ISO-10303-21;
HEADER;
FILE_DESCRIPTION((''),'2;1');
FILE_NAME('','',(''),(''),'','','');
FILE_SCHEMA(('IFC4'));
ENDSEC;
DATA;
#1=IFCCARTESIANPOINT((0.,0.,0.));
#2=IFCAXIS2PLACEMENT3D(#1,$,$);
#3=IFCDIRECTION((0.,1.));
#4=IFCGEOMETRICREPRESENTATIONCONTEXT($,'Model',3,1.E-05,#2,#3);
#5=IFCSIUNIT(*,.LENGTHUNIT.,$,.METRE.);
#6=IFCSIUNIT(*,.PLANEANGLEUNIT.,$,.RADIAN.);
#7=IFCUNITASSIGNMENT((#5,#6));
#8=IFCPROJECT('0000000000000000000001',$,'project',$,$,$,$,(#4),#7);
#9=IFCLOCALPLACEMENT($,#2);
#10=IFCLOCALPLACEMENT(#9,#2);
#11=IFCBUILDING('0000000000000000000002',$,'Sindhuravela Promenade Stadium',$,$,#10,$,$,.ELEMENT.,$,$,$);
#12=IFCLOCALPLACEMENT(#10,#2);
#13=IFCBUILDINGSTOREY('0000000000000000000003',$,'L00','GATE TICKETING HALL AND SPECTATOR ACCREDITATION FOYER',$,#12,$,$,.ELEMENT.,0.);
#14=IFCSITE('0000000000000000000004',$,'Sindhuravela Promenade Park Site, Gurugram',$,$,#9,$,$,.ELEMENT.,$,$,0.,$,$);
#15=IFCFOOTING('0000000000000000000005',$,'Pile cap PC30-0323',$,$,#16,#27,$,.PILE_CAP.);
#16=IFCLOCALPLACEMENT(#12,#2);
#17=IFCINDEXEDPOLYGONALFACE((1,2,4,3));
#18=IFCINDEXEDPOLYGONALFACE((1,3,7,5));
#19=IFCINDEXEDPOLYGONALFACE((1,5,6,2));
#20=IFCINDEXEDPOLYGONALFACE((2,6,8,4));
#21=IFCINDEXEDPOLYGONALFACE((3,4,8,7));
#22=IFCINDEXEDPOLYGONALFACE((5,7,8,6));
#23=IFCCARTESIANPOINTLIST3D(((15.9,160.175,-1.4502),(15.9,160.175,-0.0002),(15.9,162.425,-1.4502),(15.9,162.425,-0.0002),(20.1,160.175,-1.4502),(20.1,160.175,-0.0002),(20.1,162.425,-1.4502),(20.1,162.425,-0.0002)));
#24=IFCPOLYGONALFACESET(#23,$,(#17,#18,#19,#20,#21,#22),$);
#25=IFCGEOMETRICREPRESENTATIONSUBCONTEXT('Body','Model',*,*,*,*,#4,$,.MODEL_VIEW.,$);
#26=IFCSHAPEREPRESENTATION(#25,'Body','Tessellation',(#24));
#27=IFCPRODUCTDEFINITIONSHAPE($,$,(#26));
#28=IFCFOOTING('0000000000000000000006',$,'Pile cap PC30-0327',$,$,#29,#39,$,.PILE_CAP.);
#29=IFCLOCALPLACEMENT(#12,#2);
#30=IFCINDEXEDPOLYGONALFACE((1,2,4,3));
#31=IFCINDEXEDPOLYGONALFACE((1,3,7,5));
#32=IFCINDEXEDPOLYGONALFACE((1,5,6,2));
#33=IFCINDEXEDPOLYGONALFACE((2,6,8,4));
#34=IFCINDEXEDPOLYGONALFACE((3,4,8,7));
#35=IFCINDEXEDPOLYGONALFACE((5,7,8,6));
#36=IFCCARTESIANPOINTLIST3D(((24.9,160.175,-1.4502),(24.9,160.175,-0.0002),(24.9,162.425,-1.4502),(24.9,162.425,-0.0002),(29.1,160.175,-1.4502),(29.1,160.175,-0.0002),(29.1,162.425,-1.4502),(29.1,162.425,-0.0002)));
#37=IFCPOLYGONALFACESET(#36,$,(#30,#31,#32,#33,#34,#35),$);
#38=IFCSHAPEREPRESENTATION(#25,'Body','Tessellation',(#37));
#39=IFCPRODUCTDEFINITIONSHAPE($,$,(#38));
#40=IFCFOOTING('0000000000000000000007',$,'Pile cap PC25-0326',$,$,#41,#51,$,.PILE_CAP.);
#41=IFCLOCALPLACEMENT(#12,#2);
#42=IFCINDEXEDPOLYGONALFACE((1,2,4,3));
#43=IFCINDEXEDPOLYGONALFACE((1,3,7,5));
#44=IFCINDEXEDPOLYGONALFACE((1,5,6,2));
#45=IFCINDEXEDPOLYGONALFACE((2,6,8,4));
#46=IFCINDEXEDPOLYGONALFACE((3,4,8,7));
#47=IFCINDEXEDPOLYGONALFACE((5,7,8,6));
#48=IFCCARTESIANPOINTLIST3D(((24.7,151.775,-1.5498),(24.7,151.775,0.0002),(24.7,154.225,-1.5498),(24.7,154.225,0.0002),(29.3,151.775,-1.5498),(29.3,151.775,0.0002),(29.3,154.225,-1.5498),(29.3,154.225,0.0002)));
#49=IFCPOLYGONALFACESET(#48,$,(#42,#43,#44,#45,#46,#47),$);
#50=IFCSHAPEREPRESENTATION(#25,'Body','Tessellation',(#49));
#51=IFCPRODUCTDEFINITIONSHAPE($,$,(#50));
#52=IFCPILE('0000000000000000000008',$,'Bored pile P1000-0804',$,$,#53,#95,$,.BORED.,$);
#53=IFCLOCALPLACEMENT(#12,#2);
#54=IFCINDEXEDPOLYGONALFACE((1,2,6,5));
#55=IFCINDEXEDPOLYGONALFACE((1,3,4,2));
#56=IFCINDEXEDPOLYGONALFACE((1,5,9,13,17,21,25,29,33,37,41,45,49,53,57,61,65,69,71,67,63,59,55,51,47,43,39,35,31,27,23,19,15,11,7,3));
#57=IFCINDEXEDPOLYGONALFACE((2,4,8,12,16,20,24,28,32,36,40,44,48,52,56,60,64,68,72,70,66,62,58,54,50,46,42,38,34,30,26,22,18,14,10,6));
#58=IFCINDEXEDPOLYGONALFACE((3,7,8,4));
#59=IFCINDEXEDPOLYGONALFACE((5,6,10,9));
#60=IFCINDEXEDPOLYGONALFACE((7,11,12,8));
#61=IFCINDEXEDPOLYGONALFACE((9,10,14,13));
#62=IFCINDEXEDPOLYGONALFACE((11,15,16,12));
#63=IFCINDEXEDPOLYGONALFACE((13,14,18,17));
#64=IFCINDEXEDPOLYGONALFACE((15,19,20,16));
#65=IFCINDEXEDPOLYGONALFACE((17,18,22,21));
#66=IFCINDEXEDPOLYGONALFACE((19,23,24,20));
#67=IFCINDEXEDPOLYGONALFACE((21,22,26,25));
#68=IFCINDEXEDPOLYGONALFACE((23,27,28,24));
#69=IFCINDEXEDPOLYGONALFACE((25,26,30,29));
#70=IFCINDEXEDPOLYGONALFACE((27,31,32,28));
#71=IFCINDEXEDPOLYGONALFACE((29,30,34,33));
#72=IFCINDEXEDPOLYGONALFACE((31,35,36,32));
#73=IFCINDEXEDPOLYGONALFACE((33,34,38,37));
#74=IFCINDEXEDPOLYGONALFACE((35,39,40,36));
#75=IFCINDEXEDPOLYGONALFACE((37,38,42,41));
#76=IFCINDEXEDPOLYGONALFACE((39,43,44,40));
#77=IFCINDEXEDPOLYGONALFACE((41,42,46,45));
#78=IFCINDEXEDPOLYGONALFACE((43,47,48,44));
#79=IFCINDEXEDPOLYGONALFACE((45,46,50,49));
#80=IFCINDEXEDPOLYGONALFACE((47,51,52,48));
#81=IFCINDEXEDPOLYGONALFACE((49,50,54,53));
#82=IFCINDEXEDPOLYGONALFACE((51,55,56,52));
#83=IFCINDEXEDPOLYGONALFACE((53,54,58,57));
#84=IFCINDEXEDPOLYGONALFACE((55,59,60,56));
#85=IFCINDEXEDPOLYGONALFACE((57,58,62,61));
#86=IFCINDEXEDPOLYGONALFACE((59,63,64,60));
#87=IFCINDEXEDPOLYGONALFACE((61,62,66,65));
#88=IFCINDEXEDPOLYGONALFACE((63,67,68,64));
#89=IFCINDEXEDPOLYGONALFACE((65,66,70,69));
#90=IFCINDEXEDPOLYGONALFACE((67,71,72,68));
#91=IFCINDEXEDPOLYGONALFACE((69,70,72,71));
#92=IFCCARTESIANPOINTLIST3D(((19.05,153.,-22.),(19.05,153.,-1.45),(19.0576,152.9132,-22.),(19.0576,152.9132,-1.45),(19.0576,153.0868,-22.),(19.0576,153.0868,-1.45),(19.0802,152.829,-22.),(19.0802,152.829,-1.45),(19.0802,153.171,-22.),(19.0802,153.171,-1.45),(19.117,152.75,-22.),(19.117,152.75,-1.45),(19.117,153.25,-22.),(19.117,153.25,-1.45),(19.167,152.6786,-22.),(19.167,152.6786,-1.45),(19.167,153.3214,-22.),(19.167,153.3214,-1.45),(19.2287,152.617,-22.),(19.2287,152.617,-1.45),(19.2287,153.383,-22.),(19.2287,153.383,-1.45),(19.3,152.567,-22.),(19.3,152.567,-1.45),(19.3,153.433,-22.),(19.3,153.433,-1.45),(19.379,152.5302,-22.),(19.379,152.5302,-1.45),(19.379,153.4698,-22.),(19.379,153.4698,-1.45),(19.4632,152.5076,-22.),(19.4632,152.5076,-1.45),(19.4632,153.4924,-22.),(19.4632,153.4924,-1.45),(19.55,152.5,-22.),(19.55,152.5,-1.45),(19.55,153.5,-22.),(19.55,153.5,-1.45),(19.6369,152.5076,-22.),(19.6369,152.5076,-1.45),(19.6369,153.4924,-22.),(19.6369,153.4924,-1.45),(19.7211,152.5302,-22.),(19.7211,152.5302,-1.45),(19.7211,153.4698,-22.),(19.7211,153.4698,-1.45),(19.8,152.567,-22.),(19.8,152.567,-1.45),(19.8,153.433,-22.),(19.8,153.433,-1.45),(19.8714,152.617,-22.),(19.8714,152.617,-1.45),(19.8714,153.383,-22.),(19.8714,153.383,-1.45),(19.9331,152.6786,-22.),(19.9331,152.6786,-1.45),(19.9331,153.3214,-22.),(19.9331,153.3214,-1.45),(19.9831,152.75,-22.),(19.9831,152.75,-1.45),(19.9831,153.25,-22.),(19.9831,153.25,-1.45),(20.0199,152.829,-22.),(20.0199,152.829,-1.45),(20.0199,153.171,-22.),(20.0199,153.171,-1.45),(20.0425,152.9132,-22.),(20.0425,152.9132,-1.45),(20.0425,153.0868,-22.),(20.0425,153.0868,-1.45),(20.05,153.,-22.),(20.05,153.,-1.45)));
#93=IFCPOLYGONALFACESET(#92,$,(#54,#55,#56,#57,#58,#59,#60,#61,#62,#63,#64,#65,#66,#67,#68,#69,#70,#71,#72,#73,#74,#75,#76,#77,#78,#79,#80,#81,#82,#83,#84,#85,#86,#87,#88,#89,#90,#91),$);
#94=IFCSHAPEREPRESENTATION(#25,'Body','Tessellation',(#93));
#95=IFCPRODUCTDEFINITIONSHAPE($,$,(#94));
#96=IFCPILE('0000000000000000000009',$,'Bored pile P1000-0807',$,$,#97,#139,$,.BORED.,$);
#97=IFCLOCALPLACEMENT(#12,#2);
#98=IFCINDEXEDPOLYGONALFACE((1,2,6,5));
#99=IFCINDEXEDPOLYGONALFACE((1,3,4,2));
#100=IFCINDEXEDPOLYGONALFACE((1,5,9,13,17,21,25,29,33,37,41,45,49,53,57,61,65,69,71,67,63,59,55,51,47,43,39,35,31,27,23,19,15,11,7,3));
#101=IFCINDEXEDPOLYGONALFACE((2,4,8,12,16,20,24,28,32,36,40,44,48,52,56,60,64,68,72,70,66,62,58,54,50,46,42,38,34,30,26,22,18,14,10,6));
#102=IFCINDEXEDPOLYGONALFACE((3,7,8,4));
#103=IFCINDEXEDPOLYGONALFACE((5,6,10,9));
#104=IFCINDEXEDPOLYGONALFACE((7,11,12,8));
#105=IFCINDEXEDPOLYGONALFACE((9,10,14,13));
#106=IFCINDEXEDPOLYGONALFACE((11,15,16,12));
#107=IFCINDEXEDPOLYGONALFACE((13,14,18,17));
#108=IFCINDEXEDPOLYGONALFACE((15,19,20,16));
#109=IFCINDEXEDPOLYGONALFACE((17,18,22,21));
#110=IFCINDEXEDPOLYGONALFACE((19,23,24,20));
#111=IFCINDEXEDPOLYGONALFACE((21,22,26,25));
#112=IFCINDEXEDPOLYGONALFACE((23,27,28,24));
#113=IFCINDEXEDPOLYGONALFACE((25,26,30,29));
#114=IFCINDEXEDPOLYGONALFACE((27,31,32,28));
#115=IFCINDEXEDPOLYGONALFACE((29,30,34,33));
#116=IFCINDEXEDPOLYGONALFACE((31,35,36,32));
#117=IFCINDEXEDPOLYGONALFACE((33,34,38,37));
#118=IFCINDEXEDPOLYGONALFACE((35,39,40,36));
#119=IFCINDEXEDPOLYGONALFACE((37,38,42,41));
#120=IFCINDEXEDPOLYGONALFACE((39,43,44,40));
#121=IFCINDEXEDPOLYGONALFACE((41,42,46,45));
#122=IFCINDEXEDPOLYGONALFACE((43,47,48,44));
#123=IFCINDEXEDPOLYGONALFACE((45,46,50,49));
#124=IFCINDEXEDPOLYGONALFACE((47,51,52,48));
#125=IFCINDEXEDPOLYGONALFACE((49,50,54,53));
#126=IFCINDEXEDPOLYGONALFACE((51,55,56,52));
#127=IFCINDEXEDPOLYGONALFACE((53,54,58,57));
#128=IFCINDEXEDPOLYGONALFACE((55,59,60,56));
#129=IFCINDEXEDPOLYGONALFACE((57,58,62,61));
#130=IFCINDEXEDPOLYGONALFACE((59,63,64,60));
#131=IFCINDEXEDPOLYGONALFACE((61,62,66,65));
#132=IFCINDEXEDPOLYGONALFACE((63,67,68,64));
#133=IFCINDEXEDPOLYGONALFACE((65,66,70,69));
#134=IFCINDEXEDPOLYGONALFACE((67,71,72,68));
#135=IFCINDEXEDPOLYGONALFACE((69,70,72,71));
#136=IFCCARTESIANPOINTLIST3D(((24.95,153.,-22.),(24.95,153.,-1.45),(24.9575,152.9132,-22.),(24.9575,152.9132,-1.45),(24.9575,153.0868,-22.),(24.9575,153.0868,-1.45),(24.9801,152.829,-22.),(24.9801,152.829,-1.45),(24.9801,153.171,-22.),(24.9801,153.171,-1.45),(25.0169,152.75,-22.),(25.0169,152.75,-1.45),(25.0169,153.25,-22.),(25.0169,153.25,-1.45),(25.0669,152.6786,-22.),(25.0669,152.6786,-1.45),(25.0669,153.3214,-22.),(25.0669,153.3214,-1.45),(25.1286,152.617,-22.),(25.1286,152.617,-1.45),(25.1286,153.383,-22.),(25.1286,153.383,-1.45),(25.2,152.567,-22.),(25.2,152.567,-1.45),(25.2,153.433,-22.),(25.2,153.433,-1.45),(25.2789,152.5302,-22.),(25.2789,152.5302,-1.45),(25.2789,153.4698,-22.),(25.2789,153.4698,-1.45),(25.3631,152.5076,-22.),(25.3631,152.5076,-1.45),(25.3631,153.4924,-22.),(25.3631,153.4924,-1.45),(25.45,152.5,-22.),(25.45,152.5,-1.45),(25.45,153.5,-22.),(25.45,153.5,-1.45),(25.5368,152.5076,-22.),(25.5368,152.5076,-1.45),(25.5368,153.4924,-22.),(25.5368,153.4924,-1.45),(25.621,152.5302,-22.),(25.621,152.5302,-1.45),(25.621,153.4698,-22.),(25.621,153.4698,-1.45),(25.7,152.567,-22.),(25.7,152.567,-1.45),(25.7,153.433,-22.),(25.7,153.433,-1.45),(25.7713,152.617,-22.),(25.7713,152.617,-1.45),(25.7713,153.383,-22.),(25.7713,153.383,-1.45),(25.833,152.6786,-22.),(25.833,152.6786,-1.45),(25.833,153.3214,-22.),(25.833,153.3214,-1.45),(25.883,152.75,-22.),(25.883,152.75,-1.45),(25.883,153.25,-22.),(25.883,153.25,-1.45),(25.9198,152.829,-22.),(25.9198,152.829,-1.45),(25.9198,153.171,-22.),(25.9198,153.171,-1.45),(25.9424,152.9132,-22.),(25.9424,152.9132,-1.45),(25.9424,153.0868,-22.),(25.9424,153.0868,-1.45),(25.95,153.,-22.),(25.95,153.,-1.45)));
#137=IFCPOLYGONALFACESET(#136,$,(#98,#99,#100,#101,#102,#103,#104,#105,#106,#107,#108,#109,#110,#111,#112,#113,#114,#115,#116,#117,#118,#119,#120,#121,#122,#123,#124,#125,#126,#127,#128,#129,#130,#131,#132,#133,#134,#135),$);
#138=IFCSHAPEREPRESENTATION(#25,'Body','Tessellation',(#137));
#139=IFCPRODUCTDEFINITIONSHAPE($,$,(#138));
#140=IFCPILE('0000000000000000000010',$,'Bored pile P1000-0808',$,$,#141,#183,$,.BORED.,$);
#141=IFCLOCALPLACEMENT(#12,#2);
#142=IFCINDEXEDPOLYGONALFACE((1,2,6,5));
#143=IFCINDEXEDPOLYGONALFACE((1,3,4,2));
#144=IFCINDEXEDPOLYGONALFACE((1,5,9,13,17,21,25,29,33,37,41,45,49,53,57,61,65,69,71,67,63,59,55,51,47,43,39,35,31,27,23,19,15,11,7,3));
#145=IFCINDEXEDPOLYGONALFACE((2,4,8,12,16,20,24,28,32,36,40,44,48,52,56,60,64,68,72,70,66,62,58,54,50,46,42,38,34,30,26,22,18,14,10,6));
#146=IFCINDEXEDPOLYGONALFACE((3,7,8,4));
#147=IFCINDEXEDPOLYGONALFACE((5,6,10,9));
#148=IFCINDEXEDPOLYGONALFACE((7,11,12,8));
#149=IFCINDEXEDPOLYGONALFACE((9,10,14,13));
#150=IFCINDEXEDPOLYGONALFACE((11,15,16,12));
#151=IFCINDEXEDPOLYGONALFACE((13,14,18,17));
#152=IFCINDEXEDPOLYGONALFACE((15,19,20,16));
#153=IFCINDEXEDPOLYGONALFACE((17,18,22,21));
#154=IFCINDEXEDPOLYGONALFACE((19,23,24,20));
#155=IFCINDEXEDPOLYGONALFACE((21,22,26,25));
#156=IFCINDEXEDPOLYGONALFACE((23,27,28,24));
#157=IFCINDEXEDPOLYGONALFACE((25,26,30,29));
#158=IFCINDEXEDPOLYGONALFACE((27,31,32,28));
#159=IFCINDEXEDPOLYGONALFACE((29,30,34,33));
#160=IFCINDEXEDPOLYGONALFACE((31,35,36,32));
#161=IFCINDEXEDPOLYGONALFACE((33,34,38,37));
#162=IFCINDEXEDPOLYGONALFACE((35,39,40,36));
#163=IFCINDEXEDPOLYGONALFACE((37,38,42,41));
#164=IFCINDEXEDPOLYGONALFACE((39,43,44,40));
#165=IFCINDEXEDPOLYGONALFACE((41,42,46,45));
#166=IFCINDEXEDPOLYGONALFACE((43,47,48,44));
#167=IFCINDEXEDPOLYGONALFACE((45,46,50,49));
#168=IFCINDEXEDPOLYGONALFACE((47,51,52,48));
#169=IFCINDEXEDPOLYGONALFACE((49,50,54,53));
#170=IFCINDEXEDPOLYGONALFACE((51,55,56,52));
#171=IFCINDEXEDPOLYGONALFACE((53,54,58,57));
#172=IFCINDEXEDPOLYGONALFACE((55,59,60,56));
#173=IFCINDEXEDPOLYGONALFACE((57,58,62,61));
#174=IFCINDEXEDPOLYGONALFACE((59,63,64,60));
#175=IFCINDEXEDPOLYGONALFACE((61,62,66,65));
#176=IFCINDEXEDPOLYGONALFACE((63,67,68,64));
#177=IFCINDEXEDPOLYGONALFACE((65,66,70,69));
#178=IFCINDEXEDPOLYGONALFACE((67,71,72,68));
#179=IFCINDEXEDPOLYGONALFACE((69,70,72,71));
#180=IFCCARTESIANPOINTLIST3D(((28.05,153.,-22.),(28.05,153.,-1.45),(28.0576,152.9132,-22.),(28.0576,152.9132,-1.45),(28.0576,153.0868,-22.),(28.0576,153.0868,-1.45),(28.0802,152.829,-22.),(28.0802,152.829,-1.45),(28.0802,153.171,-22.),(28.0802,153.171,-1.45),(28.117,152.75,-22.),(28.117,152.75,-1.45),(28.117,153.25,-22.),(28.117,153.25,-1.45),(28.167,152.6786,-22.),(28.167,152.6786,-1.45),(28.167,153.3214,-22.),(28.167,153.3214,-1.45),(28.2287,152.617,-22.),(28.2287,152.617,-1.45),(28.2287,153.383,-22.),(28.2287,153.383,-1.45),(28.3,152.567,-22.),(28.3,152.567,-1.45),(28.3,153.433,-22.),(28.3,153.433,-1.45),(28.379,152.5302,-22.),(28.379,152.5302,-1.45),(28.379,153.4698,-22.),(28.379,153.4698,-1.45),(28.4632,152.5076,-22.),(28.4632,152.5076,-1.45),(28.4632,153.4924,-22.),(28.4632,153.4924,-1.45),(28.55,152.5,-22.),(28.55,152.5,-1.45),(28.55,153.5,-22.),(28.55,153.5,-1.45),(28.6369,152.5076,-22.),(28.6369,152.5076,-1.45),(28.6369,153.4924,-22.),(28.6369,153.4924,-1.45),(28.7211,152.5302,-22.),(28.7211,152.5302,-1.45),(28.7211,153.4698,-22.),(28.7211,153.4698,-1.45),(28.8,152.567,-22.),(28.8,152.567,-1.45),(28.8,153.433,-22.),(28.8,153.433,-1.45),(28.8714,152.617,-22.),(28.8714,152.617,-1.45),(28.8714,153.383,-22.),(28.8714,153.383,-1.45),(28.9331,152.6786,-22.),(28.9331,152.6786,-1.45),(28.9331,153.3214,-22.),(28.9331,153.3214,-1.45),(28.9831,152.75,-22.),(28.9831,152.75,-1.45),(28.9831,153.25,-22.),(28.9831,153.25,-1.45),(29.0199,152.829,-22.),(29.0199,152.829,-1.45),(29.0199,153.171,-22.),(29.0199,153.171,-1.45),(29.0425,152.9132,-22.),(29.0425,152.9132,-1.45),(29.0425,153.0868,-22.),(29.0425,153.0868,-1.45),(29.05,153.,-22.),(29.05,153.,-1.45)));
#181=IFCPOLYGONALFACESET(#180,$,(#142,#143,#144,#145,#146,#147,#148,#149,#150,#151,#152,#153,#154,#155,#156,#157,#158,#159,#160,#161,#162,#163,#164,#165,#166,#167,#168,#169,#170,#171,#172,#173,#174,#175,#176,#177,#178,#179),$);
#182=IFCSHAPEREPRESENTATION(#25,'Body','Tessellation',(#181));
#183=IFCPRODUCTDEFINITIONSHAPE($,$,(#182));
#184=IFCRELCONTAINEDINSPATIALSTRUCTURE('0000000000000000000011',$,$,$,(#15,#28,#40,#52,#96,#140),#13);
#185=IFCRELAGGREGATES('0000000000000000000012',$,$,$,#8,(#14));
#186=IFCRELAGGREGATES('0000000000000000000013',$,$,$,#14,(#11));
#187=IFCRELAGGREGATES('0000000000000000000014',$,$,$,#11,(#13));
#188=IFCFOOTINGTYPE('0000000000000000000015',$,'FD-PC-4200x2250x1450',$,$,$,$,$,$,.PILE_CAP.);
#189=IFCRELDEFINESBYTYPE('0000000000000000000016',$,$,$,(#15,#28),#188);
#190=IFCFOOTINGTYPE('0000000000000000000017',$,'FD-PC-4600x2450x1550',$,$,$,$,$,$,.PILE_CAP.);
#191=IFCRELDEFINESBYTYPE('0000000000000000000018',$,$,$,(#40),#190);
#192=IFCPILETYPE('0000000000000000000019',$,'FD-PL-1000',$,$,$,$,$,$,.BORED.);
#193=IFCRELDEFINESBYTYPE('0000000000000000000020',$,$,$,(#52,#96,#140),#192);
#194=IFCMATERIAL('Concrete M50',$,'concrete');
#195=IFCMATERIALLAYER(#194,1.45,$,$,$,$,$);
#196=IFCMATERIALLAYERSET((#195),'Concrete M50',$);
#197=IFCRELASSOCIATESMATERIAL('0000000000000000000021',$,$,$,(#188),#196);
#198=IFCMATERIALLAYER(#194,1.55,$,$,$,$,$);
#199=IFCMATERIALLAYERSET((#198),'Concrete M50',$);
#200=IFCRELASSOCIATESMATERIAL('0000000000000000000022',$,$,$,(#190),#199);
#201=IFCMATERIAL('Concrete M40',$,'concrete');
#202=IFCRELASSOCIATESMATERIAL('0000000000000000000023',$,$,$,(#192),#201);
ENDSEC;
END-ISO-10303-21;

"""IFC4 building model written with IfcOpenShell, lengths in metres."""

from ifc_helpers import new_model, si_unit, direction, frame, origin, origin_2d, place, context, subcontext, project, spatial, rectangle, circle, extrude, material, layer, layer_set, material_profile, profile_set, type_object, element, save


model = new_model("IFC4")

# Units and contexts
model_context = context("Model", 3, precision=1e-05, world=origin(), true_north=direction((0.0, 1.0)))
body_context = subcontext(model_context, "Body", "Model", "MODEL_VIEW")
ifc_project = project(units=[si_unit("LENGTHUNIT", "METRE"), si_unit("PLANEANGLEUNIT", "RADIAN")], contexts=[model_context])

# Site, building, storey
site_placement = place(None, origin())
site = spatial("IfcSite", under=ifc_project, at=site_placement, Name="Sindhuravela Promenade Park Site, Gurugram", CompositionType="ELEMENT", RefElevation=0.0)
building_placement = place(site_placement, origin())
building = spatial("IfcBuilding", under=site, at=building_placement, Name="Sindhuravela Promenade Stadium", CompositionType="ELEMENT")
storey_placement = place(building_placement, origin())
storey = spatial("IfcBuildingStorey", under=building, at=storey_placement, Name="L00", Description="GATE TICKETING HALL AND SPECTATOR ACCREDITATION FOYER", CompositionType="ELEMENT", Elevation=0.0)

# Footings
ifc_material_1 = material(Name="Concrete M50", Category="concrete")
ifc_layer_1 = layer(ifc_material_1, 1.45)
ifc_layer_set_1 = layer_set([ifc_layer_1], Name="Concrete M50")
footing_type_1 = type_object("IfcFootingType", Name="FD-PC-4200x2250x1450", PredefinedType="PILE_CAP", material=ifc_layer_set_1)
for number, where, z_axis, x_axis, name in (
    (1, (18.0, 161.3, -1.4502), (0.0, 0.0, 1.0), (1.0, 0.0, 0.0), "Pile cap PC30-0323"),
    (2, (27.0, 161.3, -1.4502), (0.0, 0.0, 1.0), (1.0, 0.0, 0.0), "Pile cap PC30-0327"),
):
    element("IfcFooting", number, at=place(storey_placement, frame(where, z_axis=z_axis, x_axis=x_axis)), inside=storey, type_object=footing_type_1, Name=name, PredefinedType="PILE_CAP", context=body_context, shape_type="SweptSolid", body=[
        extrude(rectangle(XDim=4.2, YDim=2.25, at=origin_2d()), origin(), (0.0, 0.0, 1.0), 1.45),
    ])
ifc_layer_2 = layer(ifc_material_1, 1.55)
ifc_layer_set_2 = layer_set([ifc_layer_2], Name="Concrete M50")
footing_type_2 = type_object("IfcFootingType", Name="FD-PC-4600x2450x1550", PredefinedType="PILE_CAP", material=ifc_layer_set_2)
footing_placement = place(storey_placement, frame((27.0, 153.0, -1.5498), z_axis=(0.0, 0.0, 1.0), x_axis=(1.0, 0.0, 0.0)))
element("IfcFooting", 3, at=footing_placement, inside=storey, type_object=footing_type_2, Name="Pile cap PC25-0326", PredefinedType="PILE_CAP", context=body_context, shape_type="SweptSolid", body=[
    extrude(rectangle(XDim=4.6001, YDim=2.45, at=origin_2d()), origin(), (0.0, 0.0, 1.0), 1.55),
])

# Piles
ifc_material_2 = material(Name="Concrete M40", Category="concrete")
ifc_material_profile_1 = material_profile(ifc_material_2, circle(Radius=0.5, at=origin_2d()), Name="BORED PILE D1000")
ifc_profile_set_1 = profile_set([ifc_material_profile_1], Name="Concrete M40")
pile_type_1 = type_object("IfcPileType", Name="FD-PL-1000", PredefinedType="BORED", material=ifc_profile_set_1)
for number, where, z_axis, x_axis, name in (
    (4, (19.55, 153.0, -1.45), (0.0, 0.0, -1.0), (1.0, 0.0, 0.0), "Bored pile P1000-0804"),
    (5, (25.45, 153.0, -1.45), (0.0, 0.0, -1.0), (1.0, 0.0, 0.0), "Bored pile P1000-0807"),
    (6, (28.55, 153.0, -1.45), (0.0, 0.0, -1.0), (1.0, 0.0, 0.0), "Bored pile P1000-0808"),
):
    element("IfcPile", number, at=place(storey_placement, frame(where, z_axis=z_axis, x_axis=x_axis)), inside=storey, type_object=pile_type_1, Name=name, PredefinedType="BORED", context=body_context, shape_type="SweptSolid", body=[
        extrude(circle(Radius=0.5, at=origin_2d()), origin(), (0.0, 0.0, 1.0), 20.55),
    ])

save(model, "model.ifc")
